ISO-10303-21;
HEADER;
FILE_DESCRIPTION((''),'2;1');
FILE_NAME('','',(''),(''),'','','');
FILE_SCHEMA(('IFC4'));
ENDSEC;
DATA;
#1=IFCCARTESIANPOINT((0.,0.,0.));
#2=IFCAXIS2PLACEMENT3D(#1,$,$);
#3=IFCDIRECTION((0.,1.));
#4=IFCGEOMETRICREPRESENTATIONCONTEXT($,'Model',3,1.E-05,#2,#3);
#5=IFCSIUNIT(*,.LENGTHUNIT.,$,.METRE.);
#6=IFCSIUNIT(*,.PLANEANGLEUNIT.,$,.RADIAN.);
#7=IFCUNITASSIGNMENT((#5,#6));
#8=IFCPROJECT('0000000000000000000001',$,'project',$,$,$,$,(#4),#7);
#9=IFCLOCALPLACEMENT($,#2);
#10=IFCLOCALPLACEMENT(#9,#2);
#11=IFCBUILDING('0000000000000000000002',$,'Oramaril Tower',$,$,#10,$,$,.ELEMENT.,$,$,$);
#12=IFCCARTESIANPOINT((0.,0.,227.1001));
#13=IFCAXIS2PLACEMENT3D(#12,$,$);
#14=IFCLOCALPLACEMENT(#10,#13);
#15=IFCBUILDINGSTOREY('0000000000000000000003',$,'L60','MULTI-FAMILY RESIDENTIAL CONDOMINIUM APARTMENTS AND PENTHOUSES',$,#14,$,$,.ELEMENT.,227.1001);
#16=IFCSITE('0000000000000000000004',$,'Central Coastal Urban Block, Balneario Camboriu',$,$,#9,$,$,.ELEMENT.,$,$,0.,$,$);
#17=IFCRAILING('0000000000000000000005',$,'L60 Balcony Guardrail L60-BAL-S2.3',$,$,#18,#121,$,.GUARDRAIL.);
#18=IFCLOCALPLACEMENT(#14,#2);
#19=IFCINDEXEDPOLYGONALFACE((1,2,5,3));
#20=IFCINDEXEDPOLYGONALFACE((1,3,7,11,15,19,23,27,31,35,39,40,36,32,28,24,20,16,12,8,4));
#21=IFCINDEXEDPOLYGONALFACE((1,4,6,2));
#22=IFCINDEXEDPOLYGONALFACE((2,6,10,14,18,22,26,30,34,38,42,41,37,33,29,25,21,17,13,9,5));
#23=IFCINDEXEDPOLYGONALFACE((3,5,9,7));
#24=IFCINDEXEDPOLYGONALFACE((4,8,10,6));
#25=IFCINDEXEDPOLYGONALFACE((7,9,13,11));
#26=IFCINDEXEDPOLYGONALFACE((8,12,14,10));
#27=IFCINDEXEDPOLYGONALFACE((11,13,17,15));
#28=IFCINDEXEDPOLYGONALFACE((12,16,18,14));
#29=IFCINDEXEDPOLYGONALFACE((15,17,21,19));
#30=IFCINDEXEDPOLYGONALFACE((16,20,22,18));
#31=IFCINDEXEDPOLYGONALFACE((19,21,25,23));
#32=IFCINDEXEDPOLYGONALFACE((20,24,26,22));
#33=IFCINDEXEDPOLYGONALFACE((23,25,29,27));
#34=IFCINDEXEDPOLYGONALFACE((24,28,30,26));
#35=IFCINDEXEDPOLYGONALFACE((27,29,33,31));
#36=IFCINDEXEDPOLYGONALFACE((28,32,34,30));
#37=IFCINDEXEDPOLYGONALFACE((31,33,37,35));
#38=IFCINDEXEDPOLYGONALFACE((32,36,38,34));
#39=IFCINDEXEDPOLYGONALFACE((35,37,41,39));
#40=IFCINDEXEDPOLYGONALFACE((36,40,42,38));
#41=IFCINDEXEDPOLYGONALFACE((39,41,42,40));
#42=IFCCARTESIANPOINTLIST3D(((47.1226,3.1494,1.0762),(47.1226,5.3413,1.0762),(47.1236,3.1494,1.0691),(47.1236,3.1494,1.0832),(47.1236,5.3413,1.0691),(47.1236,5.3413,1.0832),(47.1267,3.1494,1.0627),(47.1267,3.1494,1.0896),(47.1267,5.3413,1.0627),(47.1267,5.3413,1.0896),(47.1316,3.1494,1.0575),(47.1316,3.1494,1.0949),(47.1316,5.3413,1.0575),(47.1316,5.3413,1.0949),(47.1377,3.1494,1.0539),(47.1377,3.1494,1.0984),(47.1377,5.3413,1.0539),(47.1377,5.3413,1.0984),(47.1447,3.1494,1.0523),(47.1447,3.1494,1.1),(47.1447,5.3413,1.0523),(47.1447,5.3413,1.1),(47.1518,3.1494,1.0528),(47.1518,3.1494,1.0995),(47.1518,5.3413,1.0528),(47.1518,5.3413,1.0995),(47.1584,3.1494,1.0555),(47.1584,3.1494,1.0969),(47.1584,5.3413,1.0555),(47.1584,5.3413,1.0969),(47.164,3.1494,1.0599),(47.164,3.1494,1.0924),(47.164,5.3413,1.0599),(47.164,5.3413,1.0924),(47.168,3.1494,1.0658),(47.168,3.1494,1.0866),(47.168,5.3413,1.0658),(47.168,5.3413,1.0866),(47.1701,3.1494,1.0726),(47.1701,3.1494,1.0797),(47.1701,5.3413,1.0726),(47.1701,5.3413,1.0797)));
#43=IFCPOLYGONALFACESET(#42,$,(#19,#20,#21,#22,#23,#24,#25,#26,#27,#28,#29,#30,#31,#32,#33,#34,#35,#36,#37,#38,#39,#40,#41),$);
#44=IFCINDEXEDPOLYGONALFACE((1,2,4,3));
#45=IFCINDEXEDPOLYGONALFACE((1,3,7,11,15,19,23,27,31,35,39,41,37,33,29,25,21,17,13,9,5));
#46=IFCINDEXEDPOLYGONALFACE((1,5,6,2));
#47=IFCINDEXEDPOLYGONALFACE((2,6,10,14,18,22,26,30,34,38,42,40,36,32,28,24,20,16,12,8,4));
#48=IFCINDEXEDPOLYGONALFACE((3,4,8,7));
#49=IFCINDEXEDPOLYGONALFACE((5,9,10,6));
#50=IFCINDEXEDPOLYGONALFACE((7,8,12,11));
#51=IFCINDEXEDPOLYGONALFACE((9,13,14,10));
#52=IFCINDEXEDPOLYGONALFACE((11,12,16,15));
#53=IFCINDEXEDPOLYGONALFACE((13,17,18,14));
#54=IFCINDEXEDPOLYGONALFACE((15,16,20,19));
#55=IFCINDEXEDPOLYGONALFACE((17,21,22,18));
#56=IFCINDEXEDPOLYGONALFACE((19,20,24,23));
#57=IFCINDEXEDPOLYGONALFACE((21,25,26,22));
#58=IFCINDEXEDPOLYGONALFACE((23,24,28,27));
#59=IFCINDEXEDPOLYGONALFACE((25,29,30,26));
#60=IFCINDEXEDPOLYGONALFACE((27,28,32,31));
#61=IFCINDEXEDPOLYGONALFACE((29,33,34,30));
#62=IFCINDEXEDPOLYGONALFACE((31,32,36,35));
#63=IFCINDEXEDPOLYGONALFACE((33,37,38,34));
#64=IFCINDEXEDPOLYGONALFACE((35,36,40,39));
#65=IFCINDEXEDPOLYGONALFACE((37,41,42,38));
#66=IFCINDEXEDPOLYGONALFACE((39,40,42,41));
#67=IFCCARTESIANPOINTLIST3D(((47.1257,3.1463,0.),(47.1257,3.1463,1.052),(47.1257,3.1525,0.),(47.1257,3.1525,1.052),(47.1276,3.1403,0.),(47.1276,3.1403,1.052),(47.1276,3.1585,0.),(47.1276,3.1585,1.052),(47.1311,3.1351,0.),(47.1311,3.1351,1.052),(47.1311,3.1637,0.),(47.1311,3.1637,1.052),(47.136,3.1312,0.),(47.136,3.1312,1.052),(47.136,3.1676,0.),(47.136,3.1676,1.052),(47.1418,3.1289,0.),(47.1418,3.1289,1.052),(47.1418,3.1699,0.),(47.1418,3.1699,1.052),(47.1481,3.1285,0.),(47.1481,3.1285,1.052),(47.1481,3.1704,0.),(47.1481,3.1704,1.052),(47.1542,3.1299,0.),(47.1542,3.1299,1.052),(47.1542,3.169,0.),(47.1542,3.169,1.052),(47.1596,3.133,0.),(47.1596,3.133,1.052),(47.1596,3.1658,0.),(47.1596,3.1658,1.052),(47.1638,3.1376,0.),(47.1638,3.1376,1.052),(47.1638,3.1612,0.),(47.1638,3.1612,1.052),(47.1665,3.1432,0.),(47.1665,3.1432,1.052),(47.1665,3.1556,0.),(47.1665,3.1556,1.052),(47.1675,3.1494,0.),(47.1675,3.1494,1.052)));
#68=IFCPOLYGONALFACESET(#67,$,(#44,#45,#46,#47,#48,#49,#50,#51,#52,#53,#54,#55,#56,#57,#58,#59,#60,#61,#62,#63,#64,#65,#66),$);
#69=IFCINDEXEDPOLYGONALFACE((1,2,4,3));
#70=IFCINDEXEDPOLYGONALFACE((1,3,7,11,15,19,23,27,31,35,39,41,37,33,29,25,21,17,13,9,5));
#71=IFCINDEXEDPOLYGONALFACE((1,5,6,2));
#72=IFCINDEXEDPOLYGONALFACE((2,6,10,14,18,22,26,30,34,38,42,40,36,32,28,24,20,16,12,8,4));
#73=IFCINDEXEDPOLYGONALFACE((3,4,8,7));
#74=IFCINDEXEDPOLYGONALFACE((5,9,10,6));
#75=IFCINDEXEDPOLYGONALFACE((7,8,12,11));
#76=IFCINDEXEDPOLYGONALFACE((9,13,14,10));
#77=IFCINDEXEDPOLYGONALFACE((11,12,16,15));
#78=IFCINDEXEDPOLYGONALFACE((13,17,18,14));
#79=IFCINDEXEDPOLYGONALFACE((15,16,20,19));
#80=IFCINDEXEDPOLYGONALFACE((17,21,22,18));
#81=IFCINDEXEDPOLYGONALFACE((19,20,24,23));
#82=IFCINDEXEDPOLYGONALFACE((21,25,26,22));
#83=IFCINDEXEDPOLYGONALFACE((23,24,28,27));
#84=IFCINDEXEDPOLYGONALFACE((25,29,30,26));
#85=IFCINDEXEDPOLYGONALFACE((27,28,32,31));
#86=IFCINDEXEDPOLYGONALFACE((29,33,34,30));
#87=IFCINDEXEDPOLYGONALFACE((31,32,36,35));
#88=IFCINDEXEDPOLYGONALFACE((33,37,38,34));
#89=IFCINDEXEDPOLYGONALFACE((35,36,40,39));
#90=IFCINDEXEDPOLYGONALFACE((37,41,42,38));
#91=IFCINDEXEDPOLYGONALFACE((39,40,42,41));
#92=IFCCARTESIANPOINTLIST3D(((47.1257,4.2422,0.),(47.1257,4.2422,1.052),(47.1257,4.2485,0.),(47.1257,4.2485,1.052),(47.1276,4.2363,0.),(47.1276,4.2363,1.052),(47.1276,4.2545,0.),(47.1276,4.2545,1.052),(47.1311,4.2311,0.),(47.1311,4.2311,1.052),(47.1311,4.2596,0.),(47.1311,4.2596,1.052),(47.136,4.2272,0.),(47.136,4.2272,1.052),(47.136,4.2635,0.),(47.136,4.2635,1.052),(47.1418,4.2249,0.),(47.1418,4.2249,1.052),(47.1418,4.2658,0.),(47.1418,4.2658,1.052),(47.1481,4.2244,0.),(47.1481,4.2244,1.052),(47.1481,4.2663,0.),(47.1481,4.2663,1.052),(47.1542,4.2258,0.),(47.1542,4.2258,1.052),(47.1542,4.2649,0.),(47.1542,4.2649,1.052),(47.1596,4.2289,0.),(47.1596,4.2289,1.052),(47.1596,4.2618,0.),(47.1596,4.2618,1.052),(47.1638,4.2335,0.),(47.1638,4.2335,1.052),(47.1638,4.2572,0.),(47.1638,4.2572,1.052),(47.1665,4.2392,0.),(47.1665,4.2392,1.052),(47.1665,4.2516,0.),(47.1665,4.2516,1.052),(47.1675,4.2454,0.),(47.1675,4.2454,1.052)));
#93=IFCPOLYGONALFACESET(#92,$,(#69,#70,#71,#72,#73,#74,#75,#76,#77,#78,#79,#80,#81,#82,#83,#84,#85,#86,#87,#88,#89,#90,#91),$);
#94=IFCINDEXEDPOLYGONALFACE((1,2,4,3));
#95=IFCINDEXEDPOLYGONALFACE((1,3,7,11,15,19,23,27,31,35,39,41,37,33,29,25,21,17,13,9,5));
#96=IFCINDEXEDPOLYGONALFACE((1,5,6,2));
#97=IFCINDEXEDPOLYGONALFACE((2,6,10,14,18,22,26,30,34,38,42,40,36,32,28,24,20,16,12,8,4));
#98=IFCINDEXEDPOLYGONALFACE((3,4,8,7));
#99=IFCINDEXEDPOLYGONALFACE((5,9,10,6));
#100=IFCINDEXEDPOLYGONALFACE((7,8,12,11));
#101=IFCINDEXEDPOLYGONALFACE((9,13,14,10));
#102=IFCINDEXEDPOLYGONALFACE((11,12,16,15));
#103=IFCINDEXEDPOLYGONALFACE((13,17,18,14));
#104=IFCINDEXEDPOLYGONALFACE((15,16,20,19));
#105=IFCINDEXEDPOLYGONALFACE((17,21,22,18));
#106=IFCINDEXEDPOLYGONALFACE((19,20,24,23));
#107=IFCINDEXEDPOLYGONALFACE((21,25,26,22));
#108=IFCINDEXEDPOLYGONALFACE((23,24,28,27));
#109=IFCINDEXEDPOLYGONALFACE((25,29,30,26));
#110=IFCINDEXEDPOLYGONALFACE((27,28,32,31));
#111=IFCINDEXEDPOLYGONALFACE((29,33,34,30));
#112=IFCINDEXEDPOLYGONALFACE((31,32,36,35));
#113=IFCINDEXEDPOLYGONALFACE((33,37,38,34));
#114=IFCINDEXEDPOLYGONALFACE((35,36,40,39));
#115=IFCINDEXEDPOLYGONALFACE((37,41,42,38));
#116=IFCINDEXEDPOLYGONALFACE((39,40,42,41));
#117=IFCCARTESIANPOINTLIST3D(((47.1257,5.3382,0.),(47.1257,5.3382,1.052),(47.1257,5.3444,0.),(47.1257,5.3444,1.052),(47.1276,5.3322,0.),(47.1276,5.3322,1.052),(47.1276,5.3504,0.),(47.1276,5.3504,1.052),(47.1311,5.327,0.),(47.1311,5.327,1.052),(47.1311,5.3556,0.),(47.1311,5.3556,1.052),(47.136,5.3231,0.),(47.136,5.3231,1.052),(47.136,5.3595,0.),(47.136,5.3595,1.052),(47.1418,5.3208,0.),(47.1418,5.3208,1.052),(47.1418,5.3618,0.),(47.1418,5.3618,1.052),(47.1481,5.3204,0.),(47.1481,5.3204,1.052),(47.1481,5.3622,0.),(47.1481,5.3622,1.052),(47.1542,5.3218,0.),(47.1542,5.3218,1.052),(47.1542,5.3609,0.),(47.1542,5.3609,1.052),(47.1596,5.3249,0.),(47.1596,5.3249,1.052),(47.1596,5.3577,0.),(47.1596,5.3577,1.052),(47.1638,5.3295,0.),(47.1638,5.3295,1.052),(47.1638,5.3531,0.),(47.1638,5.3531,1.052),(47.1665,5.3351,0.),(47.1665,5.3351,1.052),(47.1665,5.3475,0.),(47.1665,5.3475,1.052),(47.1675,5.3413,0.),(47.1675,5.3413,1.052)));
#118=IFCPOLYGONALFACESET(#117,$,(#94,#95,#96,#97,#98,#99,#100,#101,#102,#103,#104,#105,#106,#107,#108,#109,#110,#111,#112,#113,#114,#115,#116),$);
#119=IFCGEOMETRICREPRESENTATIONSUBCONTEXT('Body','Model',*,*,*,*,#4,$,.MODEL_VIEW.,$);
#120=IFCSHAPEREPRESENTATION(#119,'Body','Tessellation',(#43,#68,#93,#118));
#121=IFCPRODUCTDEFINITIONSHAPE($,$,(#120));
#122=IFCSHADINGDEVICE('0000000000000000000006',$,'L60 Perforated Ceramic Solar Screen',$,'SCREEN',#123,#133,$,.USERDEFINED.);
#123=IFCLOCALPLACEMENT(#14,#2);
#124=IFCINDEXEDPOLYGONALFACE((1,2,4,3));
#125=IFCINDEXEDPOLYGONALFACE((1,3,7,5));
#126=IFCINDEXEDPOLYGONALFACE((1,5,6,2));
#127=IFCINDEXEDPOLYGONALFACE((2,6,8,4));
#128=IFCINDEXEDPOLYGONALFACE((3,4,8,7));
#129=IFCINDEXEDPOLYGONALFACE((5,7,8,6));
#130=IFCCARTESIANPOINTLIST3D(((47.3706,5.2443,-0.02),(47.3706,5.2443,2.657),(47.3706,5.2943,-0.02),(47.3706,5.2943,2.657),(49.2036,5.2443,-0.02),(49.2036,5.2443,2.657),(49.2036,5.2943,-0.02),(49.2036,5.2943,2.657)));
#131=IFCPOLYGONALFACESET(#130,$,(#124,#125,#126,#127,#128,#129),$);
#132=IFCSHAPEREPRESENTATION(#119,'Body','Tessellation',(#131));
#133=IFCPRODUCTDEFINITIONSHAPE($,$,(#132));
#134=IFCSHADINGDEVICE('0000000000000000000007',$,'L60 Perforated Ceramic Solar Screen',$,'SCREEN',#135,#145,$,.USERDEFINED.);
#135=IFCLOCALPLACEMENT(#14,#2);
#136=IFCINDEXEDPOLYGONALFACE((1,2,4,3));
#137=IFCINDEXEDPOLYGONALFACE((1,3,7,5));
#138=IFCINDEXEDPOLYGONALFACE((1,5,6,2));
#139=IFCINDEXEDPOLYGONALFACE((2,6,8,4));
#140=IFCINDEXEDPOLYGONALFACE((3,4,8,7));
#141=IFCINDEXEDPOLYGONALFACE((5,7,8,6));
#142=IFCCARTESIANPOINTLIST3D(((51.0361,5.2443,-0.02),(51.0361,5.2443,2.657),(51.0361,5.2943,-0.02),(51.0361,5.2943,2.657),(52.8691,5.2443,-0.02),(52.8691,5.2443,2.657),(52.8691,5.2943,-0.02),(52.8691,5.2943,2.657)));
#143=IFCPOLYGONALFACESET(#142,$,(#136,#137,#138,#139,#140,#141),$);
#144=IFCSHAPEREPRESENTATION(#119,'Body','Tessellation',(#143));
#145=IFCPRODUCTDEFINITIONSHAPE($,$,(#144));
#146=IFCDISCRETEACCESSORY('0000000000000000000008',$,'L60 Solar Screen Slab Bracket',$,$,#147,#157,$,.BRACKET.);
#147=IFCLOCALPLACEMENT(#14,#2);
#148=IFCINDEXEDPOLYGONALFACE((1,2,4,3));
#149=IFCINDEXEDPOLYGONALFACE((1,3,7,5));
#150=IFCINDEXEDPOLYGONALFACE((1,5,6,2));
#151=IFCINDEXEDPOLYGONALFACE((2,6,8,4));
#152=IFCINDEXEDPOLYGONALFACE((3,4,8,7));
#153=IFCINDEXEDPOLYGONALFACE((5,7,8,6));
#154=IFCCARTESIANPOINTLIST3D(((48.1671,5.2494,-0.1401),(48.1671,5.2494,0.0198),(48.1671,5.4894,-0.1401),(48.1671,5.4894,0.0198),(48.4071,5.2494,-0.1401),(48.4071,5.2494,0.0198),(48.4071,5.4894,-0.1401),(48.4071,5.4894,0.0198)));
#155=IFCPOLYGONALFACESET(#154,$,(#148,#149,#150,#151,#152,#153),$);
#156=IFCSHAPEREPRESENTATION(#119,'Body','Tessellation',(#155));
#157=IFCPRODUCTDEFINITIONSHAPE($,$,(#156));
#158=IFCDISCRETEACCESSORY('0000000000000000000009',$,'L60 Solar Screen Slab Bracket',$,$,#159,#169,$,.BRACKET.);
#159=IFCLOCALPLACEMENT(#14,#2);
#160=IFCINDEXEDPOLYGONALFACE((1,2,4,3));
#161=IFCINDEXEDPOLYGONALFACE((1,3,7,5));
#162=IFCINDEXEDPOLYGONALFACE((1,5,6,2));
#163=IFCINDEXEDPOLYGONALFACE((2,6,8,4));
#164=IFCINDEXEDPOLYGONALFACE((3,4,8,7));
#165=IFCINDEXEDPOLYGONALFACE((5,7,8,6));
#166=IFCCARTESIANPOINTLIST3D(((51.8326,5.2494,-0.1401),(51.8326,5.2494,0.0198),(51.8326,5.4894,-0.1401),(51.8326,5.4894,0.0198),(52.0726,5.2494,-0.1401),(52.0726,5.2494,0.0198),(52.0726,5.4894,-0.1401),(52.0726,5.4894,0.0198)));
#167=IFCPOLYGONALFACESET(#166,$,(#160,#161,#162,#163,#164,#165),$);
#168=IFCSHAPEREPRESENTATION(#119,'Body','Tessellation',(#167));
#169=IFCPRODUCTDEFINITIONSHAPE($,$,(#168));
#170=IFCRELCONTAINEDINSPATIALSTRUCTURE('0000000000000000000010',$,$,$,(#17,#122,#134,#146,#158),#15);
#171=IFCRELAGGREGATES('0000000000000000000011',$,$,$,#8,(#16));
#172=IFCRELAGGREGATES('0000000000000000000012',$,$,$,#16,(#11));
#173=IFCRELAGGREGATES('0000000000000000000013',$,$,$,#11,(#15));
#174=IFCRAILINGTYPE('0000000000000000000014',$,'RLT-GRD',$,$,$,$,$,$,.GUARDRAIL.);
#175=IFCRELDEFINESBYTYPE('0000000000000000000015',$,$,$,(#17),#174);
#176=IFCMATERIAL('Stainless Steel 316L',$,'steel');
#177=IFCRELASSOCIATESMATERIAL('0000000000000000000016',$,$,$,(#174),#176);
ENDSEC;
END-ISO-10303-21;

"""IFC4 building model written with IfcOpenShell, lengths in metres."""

from ifc_helpers import new_model, si_unit, direction, frame, origin, origin_2d, place, context, subcontext, project, spatial, rectangle, circle, extrude, material, type_object, element, save


model = new_model("IFC4")

# Units and contexts
model_context = context("Model", 3, precision=1e-05, world=origin(), true_north=direction((0.0, 1.0)))
body_context = subcontext(model_context, "Body", "Model", "MODEL_VIEW")
ifc_project = project(units=[si_unit("LENGTHUNIT", "METRE"), si_unit("PLANEANGLEUNIT", "RADIAN")], contexts=[model_context])

# Site, building, storey
site_placement = place(None, origin())
site = spatial("IfcSite", under=ifc_project, at=site_placement, Name="Central Coastal Urban Block, Balneario Camboriu", CompositionType="ELEMENT", RefElevation=0.0)
building_placement = place(site_placement, origin())
building = spatial("IfcBuilding", under=site, at=building_placement, Name="Oramaril Tower", CompositionType="ELEMENT")
storey_placement = place(building_placement, frame((0.0, 0.0, 227.1001)))
storey = spatial("IfcBuildingStorey", under=building, at=storey_placement, Name="L60", Description="MULTI-FAMILY RESIDENTIAL CONDOMINIUM APARTMENTS AND PENTHOUSES", CompositionType="ELEMENT", Elevation=227.1001)

# Railing
ifc_material_1 = material(Name="Stainless Steel 316L", Category="steel")
railing_type = type_object("IfcRailingType", Name="RLT-GRD", PredefinedType="GUARDRAIL", material=ifc_material_1)
railing_1_placement = place(storey_placement, frame((47.1465, 3.1494, 0.0)))
element("IfcRailing", 1, at=railing_1_placement, inside=storey, type_object=railing_type, Name="L60 Balcony Guardrail L60-BAL-S2.3", PredefinedType="GUARDRAIL", context=body_context, shape_type="SweptSolid", body=[
    extrude(circle(Radius=0.0239, at=origin_2d()), frame((0.0, 0.0, 1.0762), z_axis=(0.0, 1.0, 0.0), x_axis=(-1.0, 0.0, 0.0)), (0.0, 0.0, 1.0), 2.1919),
    extrude(circle(Radius=0.021, at=origin_2d()), origin(), (0.0, 0.0, 1.0), 1.052),
    extrude(circle(Radius=0.021, at=origin_2d()), frame((0.0, 1.0959, 0.0)), (0.0, 0.0, 1.0), 1.052),
    extrude(circle(Radius=0.021, at=origin_2d()), frame((0.0, 2.1919, 0.0)), (0.0, 0.0, 1.0), 1.052),
])

# Shading devices
for number, where, z_axis, x_axis, name in (
    (2, (48.2871, 5.2693, -0.02), (0.0, 0.0, 1.0), (1.0, 0.0, 0.0), "L60 Perforated Ceramic Solar Screen"),
    (3, (51.9526, 5.2693, -0.02), (0.0, 0.0, 1.0), (1.0, 0.0, 0.0), "L60 Perforated Ceramic Solar Screen"),
):
    element("IfcShadingDevice", number, at=place(storey_placement, frame(where, z_axis=z_axis, x_axis=x_axis)), inside=storey, Name=name, ObjectType="SCREEN", PredefinedType="USERDEFINED", context=body_context, shape_type="SweptSolid", body=[
        extrude(rectangle(XDim=1.833, YDim=0.05, at=origin_2d()), origin(), (0.0, 0.0, 1.0), 2.677),
    ])

# Discrete accessories
for number, where, z_axis, x_axis, name in (
    (4, (48.2871, 5.3694, -0.1401), (0.0, 0.0, 1.0), (1.0, 0.0, 0.0), "L60 Solar Screen Slab Bracket"),
    (5, (51.9526, 5.3694, -0.1401), (0.0, 0.0, 1.0), (1.0, 0.0, 0.0), "L60 Solar Screen Slab Bracket"),
):
    element("IfcDiscreteAccessory", number, at=place(storey_placement, frame(where, z_axis=z_axis, x_axis=x_axis)), inside=storey, Name=name, PredefinedType="BRACKET", context=body_context, shape_type="SweptSolid", body=[
        extrude(rectangle(XDim=0.24, YDim=0.24, at=origin_2d()), origin(), (0.0, 0.0, 1.0), 0.1599),
    ])

save(model, "model.ifc")
